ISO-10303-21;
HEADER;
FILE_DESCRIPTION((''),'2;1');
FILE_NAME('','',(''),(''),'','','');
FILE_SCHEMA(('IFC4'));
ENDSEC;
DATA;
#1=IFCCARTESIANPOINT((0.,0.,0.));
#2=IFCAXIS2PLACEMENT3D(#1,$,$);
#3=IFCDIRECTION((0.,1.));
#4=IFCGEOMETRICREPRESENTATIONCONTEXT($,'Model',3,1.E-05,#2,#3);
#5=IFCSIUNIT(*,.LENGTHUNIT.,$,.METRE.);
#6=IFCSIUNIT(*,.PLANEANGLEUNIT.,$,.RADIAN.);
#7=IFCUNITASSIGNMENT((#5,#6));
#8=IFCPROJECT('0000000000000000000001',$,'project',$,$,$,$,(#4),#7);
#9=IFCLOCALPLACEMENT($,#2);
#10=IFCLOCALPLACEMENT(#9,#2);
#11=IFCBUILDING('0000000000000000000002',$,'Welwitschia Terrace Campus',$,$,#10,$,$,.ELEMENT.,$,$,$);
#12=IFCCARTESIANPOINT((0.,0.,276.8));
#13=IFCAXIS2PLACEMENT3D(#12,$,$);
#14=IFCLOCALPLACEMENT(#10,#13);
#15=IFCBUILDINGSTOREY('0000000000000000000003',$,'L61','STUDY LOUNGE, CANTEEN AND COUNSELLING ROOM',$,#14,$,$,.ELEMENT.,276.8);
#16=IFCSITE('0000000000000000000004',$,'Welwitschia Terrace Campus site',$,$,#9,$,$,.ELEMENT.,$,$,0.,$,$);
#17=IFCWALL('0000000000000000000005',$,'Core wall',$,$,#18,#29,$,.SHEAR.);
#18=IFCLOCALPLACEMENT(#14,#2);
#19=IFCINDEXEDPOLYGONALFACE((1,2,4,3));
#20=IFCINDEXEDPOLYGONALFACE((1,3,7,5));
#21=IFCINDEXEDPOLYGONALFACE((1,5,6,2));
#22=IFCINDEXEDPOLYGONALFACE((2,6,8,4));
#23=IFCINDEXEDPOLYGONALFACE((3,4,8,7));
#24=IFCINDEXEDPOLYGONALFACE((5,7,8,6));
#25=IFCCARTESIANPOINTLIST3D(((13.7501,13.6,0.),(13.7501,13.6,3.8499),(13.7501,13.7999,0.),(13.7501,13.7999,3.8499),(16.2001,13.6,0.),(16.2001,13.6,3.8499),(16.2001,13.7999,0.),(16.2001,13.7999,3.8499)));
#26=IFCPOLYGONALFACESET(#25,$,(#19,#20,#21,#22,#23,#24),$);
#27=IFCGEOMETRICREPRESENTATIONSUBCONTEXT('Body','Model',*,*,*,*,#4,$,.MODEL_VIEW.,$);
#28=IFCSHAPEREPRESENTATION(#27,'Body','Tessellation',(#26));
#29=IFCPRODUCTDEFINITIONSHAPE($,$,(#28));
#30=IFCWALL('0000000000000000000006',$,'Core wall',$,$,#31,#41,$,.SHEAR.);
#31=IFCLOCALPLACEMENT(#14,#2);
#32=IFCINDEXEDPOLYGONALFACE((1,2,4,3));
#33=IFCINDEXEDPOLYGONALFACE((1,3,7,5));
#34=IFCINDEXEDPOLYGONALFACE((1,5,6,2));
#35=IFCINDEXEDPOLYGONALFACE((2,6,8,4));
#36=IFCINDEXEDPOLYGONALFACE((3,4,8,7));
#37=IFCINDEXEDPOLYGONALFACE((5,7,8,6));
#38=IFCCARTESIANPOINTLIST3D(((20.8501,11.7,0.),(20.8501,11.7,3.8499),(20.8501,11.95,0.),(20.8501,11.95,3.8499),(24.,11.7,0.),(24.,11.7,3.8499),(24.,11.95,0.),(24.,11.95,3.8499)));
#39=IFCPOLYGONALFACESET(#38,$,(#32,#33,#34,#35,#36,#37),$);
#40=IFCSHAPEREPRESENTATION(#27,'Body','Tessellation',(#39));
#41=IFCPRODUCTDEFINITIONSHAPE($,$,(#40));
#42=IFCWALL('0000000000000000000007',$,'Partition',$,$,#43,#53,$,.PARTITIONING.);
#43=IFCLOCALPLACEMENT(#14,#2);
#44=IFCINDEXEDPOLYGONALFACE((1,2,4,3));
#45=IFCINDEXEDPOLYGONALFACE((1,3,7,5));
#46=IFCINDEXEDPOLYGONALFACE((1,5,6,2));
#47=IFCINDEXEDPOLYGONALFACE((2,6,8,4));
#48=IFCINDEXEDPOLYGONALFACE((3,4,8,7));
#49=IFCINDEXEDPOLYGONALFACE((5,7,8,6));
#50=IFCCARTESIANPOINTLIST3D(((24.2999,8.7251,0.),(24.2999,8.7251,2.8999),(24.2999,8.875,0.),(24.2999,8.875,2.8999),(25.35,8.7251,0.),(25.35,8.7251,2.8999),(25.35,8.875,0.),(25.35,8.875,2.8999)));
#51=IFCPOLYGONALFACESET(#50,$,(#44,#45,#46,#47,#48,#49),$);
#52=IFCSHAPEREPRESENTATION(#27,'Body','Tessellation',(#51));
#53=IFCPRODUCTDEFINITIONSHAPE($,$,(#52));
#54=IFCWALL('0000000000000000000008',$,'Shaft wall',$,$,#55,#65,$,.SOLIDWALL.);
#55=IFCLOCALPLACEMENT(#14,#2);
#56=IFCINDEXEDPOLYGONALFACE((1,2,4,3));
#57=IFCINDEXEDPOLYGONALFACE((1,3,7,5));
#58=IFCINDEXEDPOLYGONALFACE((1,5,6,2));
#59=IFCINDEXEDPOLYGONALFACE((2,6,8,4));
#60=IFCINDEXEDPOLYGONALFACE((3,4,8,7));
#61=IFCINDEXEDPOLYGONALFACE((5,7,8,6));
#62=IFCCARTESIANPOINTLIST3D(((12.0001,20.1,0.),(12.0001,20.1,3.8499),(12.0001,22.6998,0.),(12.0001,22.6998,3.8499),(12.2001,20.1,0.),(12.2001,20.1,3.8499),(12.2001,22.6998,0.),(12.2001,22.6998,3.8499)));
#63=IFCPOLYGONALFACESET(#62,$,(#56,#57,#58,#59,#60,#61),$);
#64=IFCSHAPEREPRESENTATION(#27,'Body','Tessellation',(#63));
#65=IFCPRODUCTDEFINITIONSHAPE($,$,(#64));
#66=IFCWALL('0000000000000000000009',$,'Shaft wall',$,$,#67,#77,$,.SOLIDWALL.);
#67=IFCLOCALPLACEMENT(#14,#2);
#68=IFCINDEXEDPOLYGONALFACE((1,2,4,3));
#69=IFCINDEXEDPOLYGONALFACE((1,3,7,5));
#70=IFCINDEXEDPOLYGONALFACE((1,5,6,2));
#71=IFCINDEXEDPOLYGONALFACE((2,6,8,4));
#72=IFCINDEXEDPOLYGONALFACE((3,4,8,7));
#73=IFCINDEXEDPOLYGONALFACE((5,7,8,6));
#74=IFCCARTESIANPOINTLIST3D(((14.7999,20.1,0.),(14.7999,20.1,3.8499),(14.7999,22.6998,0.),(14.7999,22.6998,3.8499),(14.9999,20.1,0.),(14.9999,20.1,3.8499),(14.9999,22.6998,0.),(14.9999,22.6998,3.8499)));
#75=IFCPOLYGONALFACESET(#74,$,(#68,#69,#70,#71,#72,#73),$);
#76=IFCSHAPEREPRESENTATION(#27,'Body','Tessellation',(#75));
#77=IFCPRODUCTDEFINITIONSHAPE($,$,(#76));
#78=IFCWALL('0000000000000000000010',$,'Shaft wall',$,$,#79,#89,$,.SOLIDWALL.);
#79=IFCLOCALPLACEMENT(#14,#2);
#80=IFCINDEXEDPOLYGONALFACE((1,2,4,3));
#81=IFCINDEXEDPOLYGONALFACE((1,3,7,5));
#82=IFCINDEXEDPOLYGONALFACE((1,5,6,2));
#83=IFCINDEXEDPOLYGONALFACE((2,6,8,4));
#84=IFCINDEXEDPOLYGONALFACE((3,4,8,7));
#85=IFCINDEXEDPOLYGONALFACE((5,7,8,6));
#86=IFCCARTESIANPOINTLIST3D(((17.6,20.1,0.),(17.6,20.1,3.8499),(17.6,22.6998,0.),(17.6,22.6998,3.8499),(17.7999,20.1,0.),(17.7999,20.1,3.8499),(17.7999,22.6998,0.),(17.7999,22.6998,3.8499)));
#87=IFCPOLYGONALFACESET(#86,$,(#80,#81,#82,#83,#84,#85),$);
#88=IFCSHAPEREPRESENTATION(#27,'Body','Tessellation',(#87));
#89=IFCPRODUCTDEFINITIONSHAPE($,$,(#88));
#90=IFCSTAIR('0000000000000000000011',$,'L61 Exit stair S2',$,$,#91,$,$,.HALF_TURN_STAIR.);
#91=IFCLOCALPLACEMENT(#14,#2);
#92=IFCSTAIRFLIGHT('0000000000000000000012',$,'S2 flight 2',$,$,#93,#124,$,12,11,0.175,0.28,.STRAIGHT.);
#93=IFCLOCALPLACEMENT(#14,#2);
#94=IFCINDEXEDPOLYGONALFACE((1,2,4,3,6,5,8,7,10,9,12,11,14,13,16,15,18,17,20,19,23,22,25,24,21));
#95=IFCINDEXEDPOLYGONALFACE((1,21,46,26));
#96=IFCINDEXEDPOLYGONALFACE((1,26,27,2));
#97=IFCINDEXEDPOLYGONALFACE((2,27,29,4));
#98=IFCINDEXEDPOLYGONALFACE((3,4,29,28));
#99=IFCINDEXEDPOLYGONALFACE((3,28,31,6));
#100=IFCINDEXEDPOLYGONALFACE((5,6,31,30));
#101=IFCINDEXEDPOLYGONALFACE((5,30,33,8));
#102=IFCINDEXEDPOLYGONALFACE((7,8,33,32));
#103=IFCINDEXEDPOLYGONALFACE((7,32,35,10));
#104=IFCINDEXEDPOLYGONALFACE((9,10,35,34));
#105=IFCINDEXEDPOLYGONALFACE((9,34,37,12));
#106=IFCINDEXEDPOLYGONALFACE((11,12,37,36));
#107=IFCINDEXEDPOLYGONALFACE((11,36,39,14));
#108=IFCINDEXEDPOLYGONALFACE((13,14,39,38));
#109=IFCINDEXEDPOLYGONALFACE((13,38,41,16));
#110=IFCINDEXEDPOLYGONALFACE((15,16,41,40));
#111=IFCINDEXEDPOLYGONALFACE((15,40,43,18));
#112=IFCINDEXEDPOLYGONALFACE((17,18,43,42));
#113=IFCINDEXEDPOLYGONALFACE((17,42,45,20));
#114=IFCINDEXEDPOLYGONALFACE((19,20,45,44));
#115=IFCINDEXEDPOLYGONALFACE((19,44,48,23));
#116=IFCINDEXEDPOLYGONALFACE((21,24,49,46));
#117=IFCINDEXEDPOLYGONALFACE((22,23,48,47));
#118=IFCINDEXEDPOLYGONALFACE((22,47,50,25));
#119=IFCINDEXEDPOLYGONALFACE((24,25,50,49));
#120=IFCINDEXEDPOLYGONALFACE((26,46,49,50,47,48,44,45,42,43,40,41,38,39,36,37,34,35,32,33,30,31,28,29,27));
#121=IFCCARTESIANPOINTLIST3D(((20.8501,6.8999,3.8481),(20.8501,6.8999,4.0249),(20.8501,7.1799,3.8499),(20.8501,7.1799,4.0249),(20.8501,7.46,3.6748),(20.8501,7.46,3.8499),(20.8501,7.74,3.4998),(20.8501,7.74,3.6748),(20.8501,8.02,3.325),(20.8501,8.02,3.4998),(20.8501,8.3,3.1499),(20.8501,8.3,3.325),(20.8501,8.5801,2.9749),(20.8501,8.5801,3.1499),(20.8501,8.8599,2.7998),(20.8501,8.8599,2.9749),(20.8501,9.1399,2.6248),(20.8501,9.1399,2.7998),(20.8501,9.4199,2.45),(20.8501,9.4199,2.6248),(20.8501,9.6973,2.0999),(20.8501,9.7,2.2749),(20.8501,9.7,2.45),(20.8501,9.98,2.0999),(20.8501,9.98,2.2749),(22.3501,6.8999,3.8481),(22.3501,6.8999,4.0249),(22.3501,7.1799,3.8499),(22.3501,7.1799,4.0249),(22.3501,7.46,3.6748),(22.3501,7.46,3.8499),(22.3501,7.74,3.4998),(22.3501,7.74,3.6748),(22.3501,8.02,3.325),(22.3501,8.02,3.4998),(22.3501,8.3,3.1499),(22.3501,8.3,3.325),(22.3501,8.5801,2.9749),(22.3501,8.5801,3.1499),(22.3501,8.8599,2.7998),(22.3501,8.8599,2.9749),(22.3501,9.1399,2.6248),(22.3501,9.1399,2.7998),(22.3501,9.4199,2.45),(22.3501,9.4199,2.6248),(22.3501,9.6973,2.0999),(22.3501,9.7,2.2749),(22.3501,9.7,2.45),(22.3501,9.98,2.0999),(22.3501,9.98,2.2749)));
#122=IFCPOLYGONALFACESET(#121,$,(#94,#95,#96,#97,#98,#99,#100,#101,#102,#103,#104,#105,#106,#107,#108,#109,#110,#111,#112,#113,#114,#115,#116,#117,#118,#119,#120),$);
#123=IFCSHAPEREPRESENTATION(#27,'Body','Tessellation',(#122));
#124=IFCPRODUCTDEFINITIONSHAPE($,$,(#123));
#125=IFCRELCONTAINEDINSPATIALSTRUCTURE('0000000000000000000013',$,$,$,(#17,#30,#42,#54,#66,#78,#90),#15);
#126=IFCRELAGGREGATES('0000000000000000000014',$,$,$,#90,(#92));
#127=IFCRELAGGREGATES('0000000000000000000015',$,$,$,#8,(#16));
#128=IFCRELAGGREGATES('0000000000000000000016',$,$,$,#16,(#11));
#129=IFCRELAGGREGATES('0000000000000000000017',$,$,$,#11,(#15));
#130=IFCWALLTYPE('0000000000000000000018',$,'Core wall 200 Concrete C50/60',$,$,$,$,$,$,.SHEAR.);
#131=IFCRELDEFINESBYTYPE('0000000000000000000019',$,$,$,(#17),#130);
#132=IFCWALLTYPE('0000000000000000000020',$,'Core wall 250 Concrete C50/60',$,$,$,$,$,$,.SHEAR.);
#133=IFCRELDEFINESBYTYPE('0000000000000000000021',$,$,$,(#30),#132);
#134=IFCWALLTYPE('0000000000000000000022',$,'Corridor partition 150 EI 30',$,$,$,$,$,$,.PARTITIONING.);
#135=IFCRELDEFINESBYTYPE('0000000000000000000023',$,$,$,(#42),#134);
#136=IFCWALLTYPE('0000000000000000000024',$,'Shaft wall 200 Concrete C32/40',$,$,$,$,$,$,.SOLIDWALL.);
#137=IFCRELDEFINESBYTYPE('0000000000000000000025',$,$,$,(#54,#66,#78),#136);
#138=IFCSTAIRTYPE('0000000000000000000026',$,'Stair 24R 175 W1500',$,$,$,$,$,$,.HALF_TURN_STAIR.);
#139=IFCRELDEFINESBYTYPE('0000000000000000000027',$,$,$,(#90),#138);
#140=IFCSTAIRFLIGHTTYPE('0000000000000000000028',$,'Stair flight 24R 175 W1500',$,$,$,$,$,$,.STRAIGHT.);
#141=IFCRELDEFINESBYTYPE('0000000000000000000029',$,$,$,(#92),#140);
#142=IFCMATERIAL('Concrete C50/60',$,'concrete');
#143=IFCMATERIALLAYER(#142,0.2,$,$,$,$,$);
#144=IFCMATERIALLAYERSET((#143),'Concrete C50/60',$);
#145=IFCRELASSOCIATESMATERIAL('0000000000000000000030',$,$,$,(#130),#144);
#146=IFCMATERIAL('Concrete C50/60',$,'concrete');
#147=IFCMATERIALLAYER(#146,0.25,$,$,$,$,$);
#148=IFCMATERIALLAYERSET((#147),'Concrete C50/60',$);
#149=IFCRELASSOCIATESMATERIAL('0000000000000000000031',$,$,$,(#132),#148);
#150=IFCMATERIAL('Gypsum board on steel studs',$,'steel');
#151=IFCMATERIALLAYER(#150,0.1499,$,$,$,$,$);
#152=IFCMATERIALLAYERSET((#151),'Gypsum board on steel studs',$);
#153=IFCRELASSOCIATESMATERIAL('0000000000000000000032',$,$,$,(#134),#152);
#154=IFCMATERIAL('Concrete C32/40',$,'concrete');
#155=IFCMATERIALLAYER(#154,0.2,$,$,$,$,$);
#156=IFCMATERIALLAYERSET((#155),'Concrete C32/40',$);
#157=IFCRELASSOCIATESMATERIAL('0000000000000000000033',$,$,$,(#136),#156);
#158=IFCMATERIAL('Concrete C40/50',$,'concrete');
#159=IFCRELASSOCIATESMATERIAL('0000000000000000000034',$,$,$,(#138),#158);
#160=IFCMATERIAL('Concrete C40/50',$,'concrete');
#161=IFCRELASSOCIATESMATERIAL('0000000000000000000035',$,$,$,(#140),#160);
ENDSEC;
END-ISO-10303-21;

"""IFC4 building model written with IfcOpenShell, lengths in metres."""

from ifc_helpers import new_model, si_unit, direction, frame, frame_2d, origin, place, context, subcontext, project, spatial, polyline, rectangle, outline, extrude, material, layer, layer_set, type_object, element, aggregate, save


model = new_model("IFC4")

# Units and contexts
model_context = context("Model", 3, precision=1e-05, world=origin(), true_north=direction((0.0, 1.0)))
body_context = subcontext(model_context, "Body", "Model", "MODEL_VIEW")
ifc_project = project(units=[si_unit("LENGTHUNIT", "METRE"), si_unit("PLANEANGLEUNIT", "RADIAN")], contexts=[model_context])

# Site, building, storey
site_placement = place(None, origin())
site = spatial("IfcSite", under=ifc_project, at=site_placement, Name="Welwitschia Terrace Campus site", CompositionType="ELEMENT", RefElevation=0.0)
building_placement = place(site_placement, origin())
building = spatial("IfcBuilding", under=site, at=building_placement, Name="Welwitschia Terrace Campus", CompositionType="ELEMENT")
storey_placement = place(building_placement, frame((0.0, 0.0, 276.8)))
storey = spatial("IfcBuildingStorey", under=building, at=storey_placement, Name="L61", Description="STUDY LOUNGE, CANTEEN AND COUNSELLING ROOM", CompositionType="ELEMENT", Elevation=276.8)

# Walls
ifc_material_1 = material(Name="Concrete C50/60", Category="concrete")
ifc_layer_1 = layer(ifc_material_1, 0.2)
ifc_layer_set_1 = layer_set([ifc_layer_1], Name="Concrete C50/60")
wall_type_1 = type_object("IfcWallType", Name="Core wall 200 Concrete C50/60", PredefinedType="SHEAR", material=ifc_layer_set_1)
wall_1_placement = place(storey_placement, frame((13.75, 13.7, 0.0), z_axis=(0.0, 0.0, 1.0), x_axis=(1.0, 0.0, 0.0)))
element("IfcWall", 1, at=wall_1_placement, inside=storey, type_object=wall_type_1, Name="Core wall", PredefinedType="SHEAR", context=body_context, shape_type="SweptSolid", body=[
    extrude(rectangle(XDim=2.45, YDim=0.2, at=frame_2d((1.2251, 0.0))), origin(), (0.0, 0.0, 1.0), 3.8499),
])
ifc_material_2 = material(Name="Concrete C50/60", Category="concrete")
ifc_layer_2 = layer(ifc_material_2, 0.25)
ifc_layer_set_2 = layer_set([ifc_layer_2], Name="Concrete C50/60")
wall_type_2 = type_object("IfcWallType", Name="Core wall 250 Concrete C50/60", PredefinedType="SHEAR", material=ifc_layer_set_2)
wall_2_placement = place(storey_placement, frame((20.8501, 11.825, 0.0), z_axis=(0.0, 0.0, 1.0), x_axis=(1.0, 0.0, 0.0)))
element("IfcWall", 2, at=wall_2_placement, inside=storey, type_object=wall_type_2, Name="Core wall", PredefinedType="SHEAR", context=body_context, shape_type="SweptSolid", body=[
    extrude(rectangle(XDim=3.1499, YDim=0.25, at=frame_2d((1.575, 0.0))), origin(), (0.0, 0.0, 1.0), 3.8499),
])
ifc_material_3 = material(Name="Gypsum board on steel studs", Category="steel")
ifc_layer_3 = layer(ifc_material_3, 0.1499)
ifc_layer_set_3 = layer_set([ifc_layer_3], Name="Gypsum board on steel studs")
wall_type_3 = type_object("IfcWallType", Name="Corridor partition 150 EI 30", PredefinedType="PARTITIONING", material=ifc_layer_set_3)
wall_3_placement = place(storey_placement, frame((24.3, 8.8, 0.0), z_axis=(0.0, 0.0, 1.0), x_axis=(1.0, 0.0, 0.0)))
element("IfcWall", 3, at=wall_3_placement, inside=storey, type_object=wall_type_3, Name="Partition", PredefinedType="PARTITIONING", context=body_context, shape_type="SweptSolid", body=[
    extrude(rectangle(XDim=1.05, YDim=0.1499, at=frame_2d((0.5249, 0.0))), origin(), (0.0, 0.0, 1.0), 2.8999),
])
ifc_material_4 = material(Name="Concrete C32/40", Category="concrete")
ifc_layer_4 = layer(ifc_material_4, 0.2)
ifc_layer_set_4 = layer_set([ifc_layer_4], Name="Concrete C32/40")
wall_type_4 = type_object("IfcWallType", Name="Shaft wall 200 Concrete C32/40", PredefinedType="SOLIDWALL", material=ifc_layer_set_4)
for number, where, z_axis, x_axis, name in (
    (4, (12.1001, 20.1001, 0.0), (0.0, 0.0, 1.0), (0.0, 1.0, 0.0), "Shaft wall"),
    (5, (14.8999, 20.1001, 0.0), (0.0, 0.0, 1.0), (0.0, 1.0, 0.0), "Shaft wall"),
    (6, (17.7, 20.1001, 0.0), (0.0, 0.0, 1.0), (0.0, 1.0, 0.0), "Shaft wall"),
):
    element("IfcWall", number, at=place(storey_placement, frame(where, z_axis=z_axis, x_axis=x_axis)), inside=storey, type_object=wall_type_4, Name=name, PredefinedType="SOLIDWALL", context=body_context, shape_type="SweptSolid", body=[
        extrude(rectangle(XDim=2.5999, YDim=0.2, at=frame_2d((1.2998, 0.0))), origin(), (0.0, 0.0, 1.0), 3.8499),
    ])

# Stair, stair flight
ifc_material_5 = material(Name="Concrete C40/50", Category="concrete")
stair_type = type_object("IfcStairType", Name="Stair 24R 175 W1500", PredefinedType="HALF_TURN_STAIR", material=ifc_material_5)
stair_placement = place(storey_placement, origin())
stair = element("IfcStair", 7, at=stair_placement, inside=storey, type_object=stair_type, Name="L61 Exit stair S2", PredefinedType="HALF_TURN_STAIR")
ifc_material_6 = material(Name="Concrete C40/50", Category="concrete")
stair_flight_type = type_object("IfcStairFlightType", Name="Stair flight 24R 175 W1500", PredefinedType="STRAIGHT", material=ifc_material_6)
stair_flight_placement = place(storey_placement, frame((21.6001, 9.98, 2.0999), z_axis=(0.0, 0.0, 1.0), x_axis=(0.0, -1.0, 0.0)))
stair_flight = element("IfcStairFlight", 8, at=stair_flight_placement, type_object=stair_flight_type, Name="S2 flight 2", NumberOfRisers=12, NumberOfTreads=11, PredefinedType="STRAIGHT", RiserHeight=0.175, TreadLength=0.28, context=body_context, shape_type="SweptSolid", body=[
    extrude(outline(polyline([(0.0, 0.0), (0.0, 0.175), (0.28, 0.175), (0.28, 0.3501), (0.5601, 0.3501), (0.5601, 0.5249), (0.8401, 0.5249), (0.8401, 0.7), (1.1201, 0.7), (1.1201, 0.875), (1.3999, 0.875), (1.3999, 1.05), (1.6799, 1.05), (1.6799, 1.2251), (1.96, 1.2251), (1.96, 1.3999), (2.24, 1.3999), (2.24, 1.575), (2.52, 1.575), (2.52, 1.75), (2.8, 1.75), (2.8, 1.925), (3.0801, 1.925), (3.0801, 2.1001), (3.0801, 1.7483), (0.2827, 0.0), (0.0, 0.0)])), frame((0.0, 0.75, 0.0), z_axis=(0.0, -1.0, 0.0), x_axis=(1.0, 0.0, 0.0)), (0.0, 0.0, 1.0), 1.5),
])
aggregate(stair, [stair_flight])

save(model, "model.ifc")
